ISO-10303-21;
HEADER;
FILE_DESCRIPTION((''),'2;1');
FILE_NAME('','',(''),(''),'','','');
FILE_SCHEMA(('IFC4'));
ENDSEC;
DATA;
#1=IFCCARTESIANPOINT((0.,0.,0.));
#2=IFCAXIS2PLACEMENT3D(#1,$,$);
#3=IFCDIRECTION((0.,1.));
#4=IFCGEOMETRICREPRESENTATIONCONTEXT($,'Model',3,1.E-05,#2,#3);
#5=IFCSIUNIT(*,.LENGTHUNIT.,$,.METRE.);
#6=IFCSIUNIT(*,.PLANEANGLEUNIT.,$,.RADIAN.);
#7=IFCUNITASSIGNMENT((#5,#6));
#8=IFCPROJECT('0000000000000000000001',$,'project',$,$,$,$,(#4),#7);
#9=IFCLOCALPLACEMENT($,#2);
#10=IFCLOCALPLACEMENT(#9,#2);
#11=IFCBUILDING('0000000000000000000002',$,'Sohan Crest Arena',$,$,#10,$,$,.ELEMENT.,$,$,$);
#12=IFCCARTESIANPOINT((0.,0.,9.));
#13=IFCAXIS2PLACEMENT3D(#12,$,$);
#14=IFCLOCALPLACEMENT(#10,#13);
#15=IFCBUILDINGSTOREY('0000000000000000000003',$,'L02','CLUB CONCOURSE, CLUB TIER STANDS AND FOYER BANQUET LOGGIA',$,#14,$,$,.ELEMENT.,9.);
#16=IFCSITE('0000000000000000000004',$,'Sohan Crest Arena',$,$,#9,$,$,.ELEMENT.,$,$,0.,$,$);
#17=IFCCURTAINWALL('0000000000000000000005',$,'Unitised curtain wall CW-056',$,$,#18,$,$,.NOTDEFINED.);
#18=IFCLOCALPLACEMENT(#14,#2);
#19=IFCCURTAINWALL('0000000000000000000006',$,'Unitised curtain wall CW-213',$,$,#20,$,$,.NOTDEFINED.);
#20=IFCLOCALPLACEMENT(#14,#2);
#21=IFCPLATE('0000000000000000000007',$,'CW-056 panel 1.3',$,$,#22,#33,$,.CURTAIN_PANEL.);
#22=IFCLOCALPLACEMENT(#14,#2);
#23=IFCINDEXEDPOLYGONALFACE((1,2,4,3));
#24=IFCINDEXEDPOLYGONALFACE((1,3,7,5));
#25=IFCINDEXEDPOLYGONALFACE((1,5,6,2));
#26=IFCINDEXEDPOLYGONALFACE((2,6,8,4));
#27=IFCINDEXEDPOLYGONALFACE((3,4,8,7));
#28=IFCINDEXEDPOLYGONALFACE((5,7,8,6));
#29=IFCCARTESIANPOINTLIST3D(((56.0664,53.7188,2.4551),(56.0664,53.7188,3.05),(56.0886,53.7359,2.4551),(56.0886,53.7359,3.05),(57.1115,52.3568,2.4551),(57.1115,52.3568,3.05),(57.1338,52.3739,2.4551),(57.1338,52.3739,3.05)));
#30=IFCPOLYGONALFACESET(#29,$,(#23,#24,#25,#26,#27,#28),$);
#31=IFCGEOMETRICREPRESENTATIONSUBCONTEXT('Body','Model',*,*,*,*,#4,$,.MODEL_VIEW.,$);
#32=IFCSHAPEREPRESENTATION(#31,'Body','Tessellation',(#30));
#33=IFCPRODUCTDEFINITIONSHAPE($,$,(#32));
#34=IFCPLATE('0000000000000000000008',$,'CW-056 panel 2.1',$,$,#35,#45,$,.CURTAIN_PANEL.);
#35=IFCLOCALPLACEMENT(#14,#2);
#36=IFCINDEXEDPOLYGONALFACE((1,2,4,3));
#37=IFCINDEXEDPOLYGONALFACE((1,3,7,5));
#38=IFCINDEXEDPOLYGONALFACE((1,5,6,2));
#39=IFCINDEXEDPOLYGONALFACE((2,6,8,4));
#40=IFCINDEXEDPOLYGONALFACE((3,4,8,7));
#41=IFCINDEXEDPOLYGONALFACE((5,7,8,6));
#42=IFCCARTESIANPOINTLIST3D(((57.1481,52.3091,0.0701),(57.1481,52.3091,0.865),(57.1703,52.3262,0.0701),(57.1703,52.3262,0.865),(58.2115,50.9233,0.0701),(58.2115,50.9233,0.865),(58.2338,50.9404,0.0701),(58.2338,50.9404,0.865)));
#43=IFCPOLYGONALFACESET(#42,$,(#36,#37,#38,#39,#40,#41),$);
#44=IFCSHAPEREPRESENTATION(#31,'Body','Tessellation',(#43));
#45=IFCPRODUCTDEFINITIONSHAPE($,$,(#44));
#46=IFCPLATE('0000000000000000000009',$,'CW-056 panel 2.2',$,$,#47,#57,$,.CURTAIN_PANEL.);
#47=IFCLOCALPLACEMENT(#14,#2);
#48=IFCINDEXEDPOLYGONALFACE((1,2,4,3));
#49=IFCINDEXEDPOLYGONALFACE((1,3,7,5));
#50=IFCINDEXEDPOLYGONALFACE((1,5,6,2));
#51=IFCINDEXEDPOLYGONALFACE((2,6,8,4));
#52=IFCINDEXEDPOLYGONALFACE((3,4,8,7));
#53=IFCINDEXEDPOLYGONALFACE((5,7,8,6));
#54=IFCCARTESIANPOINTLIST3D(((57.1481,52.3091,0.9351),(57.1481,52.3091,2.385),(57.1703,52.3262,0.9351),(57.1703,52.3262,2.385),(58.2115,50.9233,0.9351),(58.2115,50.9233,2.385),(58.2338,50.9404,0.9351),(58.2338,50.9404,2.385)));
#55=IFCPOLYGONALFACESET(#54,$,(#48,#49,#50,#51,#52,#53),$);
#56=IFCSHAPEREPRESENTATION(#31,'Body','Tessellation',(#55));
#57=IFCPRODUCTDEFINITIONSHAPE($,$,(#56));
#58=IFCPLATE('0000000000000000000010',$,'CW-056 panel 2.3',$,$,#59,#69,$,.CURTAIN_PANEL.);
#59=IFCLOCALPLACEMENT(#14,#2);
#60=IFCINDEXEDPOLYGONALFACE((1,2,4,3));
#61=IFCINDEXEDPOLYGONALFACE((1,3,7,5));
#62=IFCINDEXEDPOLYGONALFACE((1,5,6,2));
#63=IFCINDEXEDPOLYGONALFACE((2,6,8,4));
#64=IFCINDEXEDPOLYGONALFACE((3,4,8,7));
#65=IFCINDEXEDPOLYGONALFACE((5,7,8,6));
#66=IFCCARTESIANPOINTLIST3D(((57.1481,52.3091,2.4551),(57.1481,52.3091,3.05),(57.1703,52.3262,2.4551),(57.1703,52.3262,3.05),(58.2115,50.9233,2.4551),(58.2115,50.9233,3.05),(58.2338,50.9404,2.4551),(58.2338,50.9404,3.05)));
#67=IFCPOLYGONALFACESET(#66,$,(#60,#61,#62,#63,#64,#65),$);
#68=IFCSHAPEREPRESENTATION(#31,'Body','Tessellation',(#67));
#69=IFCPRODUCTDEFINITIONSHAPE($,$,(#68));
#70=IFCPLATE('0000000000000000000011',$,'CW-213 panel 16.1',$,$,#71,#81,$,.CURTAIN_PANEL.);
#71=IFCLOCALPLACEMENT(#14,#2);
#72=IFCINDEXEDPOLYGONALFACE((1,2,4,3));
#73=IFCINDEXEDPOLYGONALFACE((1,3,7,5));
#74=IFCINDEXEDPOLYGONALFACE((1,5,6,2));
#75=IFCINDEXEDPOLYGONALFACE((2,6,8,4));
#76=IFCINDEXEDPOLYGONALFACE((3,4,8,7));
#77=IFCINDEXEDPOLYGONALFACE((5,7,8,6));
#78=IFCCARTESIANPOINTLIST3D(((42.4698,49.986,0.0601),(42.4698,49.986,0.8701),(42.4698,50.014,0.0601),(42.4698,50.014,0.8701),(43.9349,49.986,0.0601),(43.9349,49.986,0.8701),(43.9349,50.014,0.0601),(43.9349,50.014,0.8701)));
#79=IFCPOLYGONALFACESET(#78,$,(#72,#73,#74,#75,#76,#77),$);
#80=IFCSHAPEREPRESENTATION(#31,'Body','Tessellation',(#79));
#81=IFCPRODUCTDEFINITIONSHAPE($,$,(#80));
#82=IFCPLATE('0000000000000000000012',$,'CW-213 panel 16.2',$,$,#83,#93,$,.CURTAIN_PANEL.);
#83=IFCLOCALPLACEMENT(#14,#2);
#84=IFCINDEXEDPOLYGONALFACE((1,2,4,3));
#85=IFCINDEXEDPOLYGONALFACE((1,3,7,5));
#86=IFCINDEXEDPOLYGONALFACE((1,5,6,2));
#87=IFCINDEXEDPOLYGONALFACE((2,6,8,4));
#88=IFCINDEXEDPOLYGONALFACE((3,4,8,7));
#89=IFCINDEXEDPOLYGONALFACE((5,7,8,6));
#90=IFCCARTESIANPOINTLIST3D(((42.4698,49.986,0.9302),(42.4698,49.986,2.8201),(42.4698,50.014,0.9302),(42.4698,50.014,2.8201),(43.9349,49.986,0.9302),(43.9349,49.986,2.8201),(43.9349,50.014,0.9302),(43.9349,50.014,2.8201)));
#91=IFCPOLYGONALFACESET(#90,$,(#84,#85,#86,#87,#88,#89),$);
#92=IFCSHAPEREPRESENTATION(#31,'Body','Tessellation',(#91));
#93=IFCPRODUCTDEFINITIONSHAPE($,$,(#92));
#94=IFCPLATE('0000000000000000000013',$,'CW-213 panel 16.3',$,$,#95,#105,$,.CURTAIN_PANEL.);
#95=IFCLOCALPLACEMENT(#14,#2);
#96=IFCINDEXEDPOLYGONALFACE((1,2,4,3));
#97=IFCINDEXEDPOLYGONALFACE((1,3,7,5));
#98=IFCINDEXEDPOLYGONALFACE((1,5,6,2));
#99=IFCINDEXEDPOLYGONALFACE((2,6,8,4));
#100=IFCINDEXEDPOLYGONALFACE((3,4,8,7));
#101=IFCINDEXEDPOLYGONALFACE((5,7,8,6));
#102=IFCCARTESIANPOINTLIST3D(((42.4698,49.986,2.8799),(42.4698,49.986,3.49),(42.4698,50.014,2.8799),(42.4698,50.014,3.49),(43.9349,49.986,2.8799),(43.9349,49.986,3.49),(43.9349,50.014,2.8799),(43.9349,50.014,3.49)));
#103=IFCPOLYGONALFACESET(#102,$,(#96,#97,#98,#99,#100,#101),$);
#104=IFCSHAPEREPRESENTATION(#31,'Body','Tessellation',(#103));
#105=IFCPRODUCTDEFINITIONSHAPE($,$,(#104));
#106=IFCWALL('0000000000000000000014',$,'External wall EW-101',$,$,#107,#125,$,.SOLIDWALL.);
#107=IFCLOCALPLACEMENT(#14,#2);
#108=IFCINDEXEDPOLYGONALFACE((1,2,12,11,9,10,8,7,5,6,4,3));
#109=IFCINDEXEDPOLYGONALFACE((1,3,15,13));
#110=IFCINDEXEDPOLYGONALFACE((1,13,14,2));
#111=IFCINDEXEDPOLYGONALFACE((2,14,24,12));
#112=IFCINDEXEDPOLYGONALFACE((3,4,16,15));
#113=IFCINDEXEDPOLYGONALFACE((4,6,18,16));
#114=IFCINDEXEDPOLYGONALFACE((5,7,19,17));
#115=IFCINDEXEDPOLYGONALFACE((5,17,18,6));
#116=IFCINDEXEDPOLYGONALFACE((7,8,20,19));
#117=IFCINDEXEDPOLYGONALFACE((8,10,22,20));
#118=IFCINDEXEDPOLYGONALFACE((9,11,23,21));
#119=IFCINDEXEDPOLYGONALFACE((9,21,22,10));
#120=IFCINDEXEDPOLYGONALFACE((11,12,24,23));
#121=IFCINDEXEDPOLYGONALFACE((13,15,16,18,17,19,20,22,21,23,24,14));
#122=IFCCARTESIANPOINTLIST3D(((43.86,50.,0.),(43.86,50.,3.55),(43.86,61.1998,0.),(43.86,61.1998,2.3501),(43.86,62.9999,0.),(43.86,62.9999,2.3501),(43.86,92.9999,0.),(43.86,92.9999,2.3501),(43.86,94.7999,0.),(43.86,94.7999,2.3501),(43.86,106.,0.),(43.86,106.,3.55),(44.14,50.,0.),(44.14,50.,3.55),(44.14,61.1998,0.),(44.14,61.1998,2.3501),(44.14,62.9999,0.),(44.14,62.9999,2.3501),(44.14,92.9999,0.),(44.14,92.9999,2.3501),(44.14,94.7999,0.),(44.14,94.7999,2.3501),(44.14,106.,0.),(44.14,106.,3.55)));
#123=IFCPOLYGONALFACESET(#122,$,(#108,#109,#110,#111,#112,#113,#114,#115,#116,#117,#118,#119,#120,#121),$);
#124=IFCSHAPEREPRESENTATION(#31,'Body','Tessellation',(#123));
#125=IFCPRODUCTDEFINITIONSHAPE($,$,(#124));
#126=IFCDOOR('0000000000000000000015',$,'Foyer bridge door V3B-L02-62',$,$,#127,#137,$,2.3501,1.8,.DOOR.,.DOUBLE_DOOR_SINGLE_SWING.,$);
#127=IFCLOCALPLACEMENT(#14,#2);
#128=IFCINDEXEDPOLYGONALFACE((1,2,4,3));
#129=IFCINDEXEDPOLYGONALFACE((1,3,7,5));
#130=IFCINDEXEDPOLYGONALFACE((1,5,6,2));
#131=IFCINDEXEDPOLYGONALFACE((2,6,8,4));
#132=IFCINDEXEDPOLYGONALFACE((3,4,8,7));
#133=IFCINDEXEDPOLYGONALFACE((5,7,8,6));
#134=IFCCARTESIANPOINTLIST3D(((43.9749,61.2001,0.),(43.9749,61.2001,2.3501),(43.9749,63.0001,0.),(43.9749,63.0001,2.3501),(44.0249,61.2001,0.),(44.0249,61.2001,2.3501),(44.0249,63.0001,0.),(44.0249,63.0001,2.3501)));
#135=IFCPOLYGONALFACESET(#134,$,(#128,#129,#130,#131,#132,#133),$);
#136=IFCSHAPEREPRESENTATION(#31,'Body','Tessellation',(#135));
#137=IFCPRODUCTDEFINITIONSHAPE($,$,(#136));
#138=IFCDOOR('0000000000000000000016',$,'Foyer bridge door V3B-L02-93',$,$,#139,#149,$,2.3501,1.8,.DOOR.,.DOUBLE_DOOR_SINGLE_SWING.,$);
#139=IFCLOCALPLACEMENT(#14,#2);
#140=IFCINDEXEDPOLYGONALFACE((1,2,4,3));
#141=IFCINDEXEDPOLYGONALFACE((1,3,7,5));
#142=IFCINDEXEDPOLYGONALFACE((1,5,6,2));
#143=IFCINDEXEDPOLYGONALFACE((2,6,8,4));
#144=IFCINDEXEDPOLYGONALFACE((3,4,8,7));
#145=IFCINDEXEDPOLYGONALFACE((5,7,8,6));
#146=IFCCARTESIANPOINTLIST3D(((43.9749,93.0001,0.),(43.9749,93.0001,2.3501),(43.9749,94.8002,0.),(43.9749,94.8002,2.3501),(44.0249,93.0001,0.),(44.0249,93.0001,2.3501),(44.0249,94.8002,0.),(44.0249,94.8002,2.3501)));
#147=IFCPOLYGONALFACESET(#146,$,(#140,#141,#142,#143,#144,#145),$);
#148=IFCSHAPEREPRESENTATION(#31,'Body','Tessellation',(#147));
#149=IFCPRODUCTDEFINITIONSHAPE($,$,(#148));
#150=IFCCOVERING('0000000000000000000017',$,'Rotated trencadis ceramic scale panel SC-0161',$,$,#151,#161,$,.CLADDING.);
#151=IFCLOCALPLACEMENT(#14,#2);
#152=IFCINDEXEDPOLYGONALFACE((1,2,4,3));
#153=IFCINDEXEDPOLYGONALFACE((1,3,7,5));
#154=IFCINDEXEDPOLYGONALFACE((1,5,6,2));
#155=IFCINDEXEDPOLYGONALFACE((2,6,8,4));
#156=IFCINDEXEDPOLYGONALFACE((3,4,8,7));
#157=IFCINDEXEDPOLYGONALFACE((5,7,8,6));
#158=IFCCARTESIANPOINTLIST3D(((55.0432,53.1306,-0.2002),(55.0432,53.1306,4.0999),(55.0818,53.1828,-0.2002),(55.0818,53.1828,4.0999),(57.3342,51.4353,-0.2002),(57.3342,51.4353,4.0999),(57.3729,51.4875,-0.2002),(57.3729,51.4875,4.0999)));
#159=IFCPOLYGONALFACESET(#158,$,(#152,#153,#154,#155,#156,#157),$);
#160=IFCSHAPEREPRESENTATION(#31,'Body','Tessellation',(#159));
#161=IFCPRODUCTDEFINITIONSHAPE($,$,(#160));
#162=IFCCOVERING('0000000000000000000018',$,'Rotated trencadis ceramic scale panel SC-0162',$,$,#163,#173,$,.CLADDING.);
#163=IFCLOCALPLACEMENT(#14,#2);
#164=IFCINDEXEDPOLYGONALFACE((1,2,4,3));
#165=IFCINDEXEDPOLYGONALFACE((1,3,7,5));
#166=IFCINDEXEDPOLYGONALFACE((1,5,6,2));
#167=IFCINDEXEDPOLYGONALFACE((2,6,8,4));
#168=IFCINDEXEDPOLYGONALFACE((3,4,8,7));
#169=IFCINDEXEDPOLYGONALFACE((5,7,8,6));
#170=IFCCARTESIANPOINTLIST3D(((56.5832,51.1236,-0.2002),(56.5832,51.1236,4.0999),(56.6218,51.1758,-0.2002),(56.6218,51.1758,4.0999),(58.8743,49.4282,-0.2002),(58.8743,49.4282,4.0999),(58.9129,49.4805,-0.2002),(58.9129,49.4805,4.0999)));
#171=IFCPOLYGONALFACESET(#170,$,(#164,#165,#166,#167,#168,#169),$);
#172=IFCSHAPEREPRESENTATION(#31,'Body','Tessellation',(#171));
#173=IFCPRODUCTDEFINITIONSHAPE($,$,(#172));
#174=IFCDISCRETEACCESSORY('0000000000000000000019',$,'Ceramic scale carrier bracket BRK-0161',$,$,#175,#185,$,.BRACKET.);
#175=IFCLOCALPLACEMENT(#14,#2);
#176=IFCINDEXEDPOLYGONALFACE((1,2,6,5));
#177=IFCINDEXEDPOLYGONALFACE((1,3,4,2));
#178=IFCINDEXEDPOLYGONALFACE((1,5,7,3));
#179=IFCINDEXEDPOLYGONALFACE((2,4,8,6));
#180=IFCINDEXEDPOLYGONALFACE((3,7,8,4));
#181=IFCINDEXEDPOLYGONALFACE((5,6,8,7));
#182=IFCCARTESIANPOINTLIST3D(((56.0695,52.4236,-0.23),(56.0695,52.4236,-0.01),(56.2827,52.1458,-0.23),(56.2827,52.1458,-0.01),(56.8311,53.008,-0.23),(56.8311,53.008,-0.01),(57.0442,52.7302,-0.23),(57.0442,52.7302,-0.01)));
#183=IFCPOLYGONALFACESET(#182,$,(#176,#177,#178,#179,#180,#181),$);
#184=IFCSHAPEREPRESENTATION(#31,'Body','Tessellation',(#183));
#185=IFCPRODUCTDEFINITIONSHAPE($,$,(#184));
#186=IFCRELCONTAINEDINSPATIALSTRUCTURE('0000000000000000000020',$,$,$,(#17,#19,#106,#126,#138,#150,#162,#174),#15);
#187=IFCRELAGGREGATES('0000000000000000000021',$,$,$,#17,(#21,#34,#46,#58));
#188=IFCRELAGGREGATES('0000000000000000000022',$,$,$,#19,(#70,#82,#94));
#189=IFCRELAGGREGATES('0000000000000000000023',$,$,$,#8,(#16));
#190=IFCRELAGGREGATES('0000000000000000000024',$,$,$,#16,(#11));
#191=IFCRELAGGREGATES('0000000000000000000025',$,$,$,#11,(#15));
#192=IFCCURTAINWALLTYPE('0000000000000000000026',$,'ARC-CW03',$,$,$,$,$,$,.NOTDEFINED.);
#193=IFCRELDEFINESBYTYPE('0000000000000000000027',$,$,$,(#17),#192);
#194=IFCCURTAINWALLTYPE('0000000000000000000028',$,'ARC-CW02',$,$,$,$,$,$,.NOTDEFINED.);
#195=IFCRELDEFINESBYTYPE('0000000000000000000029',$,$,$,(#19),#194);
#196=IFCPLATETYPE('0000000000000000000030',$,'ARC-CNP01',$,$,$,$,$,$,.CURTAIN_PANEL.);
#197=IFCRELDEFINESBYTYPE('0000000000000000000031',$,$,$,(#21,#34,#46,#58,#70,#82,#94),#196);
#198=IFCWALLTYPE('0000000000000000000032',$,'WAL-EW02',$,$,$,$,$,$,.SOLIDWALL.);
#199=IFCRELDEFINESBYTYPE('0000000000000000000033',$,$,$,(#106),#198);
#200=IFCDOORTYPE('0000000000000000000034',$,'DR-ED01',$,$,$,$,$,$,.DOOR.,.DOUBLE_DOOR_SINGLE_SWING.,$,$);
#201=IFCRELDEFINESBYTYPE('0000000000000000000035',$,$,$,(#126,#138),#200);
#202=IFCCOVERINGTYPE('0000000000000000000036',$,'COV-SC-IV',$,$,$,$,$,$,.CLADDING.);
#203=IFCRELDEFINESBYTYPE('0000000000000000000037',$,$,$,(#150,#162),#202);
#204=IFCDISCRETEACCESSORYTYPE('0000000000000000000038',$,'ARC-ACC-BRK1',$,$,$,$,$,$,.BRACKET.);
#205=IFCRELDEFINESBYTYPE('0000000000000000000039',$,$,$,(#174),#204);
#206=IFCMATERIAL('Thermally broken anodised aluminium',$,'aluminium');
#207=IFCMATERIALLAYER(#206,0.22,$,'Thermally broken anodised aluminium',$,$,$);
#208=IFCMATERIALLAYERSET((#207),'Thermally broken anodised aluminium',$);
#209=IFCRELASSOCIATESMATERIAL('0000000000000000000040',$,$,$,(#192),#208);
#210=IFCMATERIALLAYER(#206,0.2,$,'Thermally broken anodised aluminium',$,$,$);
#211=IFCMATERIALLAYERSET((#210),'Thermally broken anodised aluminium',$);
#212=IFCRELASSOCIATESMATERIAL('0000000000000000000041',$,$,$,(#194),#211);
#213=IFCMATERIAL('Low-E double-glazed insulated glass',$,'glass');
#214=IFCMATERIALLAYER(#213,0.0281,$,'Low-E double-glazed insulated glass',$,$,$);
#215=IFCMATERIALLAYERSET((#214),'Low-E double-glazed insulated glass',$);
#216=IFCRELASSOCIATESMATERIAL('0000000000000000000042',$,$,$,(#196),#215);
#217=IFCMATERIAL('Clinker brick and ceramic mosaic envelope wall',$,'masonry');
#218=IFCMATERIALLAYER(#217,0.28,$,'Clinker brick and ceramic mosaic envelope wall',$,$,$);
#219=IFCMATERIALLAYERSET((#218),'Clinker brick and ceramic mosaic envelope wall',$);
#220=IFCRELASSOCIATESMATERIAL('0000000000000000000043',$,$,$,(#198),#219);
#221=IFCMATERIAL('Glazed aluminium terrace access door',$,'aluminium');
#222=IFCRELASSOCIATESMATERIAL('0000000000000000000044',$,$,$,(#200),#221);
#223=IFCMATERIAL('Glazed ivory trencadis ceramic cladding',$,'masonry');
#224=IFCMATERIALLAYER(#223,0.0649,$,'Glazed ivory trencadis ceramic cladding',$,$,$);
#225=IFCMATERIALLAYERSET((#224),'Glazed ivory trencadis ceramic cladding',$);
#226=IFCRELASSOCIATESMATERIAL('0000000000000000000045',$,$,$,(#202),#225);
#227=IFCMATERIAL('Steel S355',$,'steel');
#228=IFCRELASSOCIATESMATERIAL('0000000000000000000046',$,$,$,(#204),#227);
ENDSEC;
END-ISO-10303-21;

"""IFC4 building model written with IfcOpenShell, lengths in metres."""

from ifc_helpers import new_model, si_unit, direction, frame, frame_2d, origin, origin_2d, place, context, subcontext, project, spatial, rectangle, extrude, material, layer, layer_set, type_object, element, fill, aggregate, save


model = new_model("IFC4")

# Units and contexts
model_context = context("Model", 3, precision=1e-05, world=origin(), true_north=direction((0.0, 1.0)))
body_context = subcontext(model_context, "Body", "Model", "MODEL_VIEW")
ifc_project = project(units=[si_unit("LENGTHUNIT", "METRE"), si_unit("PLANEANGLEUNIT", "RADIAN")], contexts=[model_context])

# Site, building, storey
site_placement = place(None, origin())
site = spatial("IfcSite", under=ifc_project, at=site_placement, Name="Sohan Crest Arena", CompositionType="ELEMENT", RefElevation=0.0)
building_placement = place(site_placement, origin())
building = spatial("IfcBuilding", under=site, at=building_placement, Name="Sohan Crest Arena", CompositionType="ELEMENT")
storey_placement = place(building_placement, frame((0.0, 0.0, 9.0)))
storey = spatial("IfcBuildingStorey", under=building, at=storey_placement, Name="L02", Description="CLUB CONCOURSE, CLUB TIER STANDS AND FOYER BANQUET LOGGIA", CompositionType="ELEMENT", Elevation=9.0)

# Shared definitions
ifc_material_1 = material(Name="Steel S355", Category="steel")

# Curtain wall
ifc_material_2 = material(Name="Thermally broken anodised aluminium", Category="aluminium")
ifc_layer_1 = layer(ifc_material_2, 0.22, Name="Thermally broken anodised aluminium")
ifc_layer_set_1 = layer_set([ifc_layer_1], Name="Thermally broken anodised aluminium")
curtain_wall_type_1 = type_object("IfcCurtainWallType", Name="ARC-CW03", PredefinedType="NOTDEFINED", material=ifc_layer_set_1)
curtain_wall_1_placement = place(storey_placement, origin())
curtain_wall_1 = element("IfcCurtainWall", 1, at=curtain_wall_1_placement, inside=storey, type_object=curtain_wall_type_1, Name="Unitised curtain wall CW-056", PredefinedType="NOTDEFINED")

# Curtain wall
ifc_layer_2 = layer(ifc_material_2, 0.2, Name="Thermally broken anodised aluminium")
ifc_layer_set_2 = layer_set([ifc_layer_2], Name="Thermally broken anodised aluminium")
curtain_wall_type_2 = type_object("IfcCurtainWallType", Name="ARC-CW02", PredefinedType="NOTDEFINED", material=ifc_layer_set_2)
curtain_wall_2_placement = place(storey_placement, origin())
curtain_wall_2 = element("IfcCurtainWall", 2, at=curtain_wall_2_placement, inside=storey, type_object=curtain_wall_type_2, Name="Unitised curtain wall CW-213", PredefinedType="NOTDEFINED")

# Plates
ifc_material_3 = material(Name="Low-E double-glazed insulated glass", Category="glass")
ifc_layer_3 = layer(ifc_material_3, 0.0281, Name="Low-E double-glazed insulated glass")
ifc_layer_set_3 = layer_set([ifc_layer_3], Name="Low-E double-glazed insulated glass")
plate_type = type_object("IfcPlateType", Name="ARC-CNP01", PredefinedType="CURTAIN_PANEL", material=ifc_layer_set_3)
plate_1_placement = place(storey_placement, frame((56.6001, 53.0464, 2.4551), z_axis=(0.0, 0.0, 1.0), x_axis=(0.608793, -0.793329, 0.0)))
plate_1 = element("IfcPlate", 3, at=plate_1_placement, type_object=plate_type, Name="CW-056 panel 1.3", PredefinedType="CURTAIN_PANEL", context=body_context, shape_type="SweptSolid", body=[
    extrude(rectangle(XDim=1.7168, YDim=0.0281, at=origin_2d()), origin(), (0.0, 0.0, 1.0), 0.595),
])
plate_2_placement = place(storey_placement, frame((57.6909, 51.6248, 0.0701), z_axis=(0.0, 0.0, 1.0), x_axis=(0.608793, -0.793329, 0.0)))
plate_2 = element("IfcPlate", 4, at=plate_2_placement, type_object=plate_type, Name="CW-056 panel 2.1", PredefinedType="CURTAIN_PANEL", context=body_context, shape_type="SweptSolid", body=[
    extrude(rectangle(XDim=1.7468, YDim=0.0281, at=origin_2d()), origin(), (0.0, 0.0, 1.0), 0.7949),
])
plate_3_placement = place(storey_placement, frame((57.6909, 51.6248, 0.9351), z_axis=(0.0, 0.0, 1.0), x_axis=(0.608793, -0.793329, 0.0)))
plate_3 = element("IfcPlate", 5, at=plate_3_placement, type_object=plate_type, Name="CW-056 panel 2.2", PredefinedType="CURTAIN_PANEL", context=body_context, shape_type="SweptSolid", body=[
    extrude(rectangle(XDim=1.7468, YDim=0.0281, at=origin_2d()), origin(), (0.0, 0.0, 1.0), 1.45),
])
plate_4_placement = place(storey_placement, frame((57.6909, 51.6248, 2.4551), z_axis=(0.0, 0.0, 1.0), x_axis=(0.608793, -0.793329, 0.0)))
plate_4 = element("IfcPlate", 6, at=plate_4_placement, type_object=plate_type, Name="CW-056 panel 2.3", PredefinedType="CURTAIN_PANEL", context=body_context, shape_type="SweptSolid", body=[
    extrude(rectangle(XDim=1.7468, YDim=0.0281, at=origin_2d()), origin(), (0.0, 0.0, 1.0), 0.595),
])
aggregate(curtain_wall_1, [plate_1, plate_2, plate_3, plate_4])
plate_5_placement = place(storey_placement, frame((43.2024, 50.0, 0.0601), z_axis=(0.0, 0.0, 1.0), x_axis=(1.0, 0.0, 0.0)))
plate_5 = element("IfcPlate", 7, at=plate_5_placement, type_object=plate_type, Name="CW-213 panel 16.1", PredefinedType="CURTAIN_PANEL", context=body_context, shape_type="SweptSolid", body=[
    extrude(rectangle(XDim=1.4651, YDim=0.0281, at=origin_2d()), origin(), (0.0, 0.0, 1.0), 0.8101),
])
plate_6_placement = place(storey_placement, frame((43.2024, 50.0, 0.9302), z_axis=(0.0, 0.0, 1.0), x_axis=(1.0, 0.0, 0.0)))
plate_6 = element("IfcPlate", 8, at=plate_6_placement, type_object=plate_type, Name="CW-213 panel 16.2", PredefinedType="CURTAIN_PANEL", context=body_context, shape_type="SweptSolid", body=[
    extrude(rectangle(XDim=1.4651, YDim=0.0281, at=origin_2d()), origin(), (0.0, 0.0, 1.0), 1.8899),
])
plate_7_placement = place(storey_placement, frame((43.2024, 50.0, 2.8799), z_axis=(0.0, 0.0, 1.0), x_axis=(1.0, 0.0, 0.0)))
plate_7 = element("IfcPlate", 9, at=plate_7_placement, type_object=plate_type, Name="CW-213 panel 16.3", PredefinedType="CURTAIN_PANEL", context=body_context, shape_type="SweptSolid", body=[
    extrude(rectangle(XDim=1.4651, YDim=0.0281, at=origin_2d()), origin(), (0.0, 0.0, 1.0), 0.6101),
])
aggregate(curtain_wall_2, [plate_5, plate_6, plate_7])

# Wall, openings, doors
ifc_material_4 = material(Name="Clinker brick and ceramic mosaic envelope wall", Category="masonry")
ifc_layer_4 = layer(ifc_material_4, 0.28, Name="Clinker brick and ceramic mosaic envelope wall")
ifc_layer_set_4 = layer_set([ifc_layer_4], Name="Clinker brick and ceramic mosaic envelope wall")
wall_type = type_object("IfcWallType", Name="WAL-EW02", PredefinedType="SOLIDWALL", material=ifc_layer_set_4)
wall_placement = place(storey_placement, frame((44.0, 50.0, 0.0), z_axis=(0.0, 0.0, 1.0), x_axis=(0.0, 1.0, 0.0)))
wall = element("IfcWall", 10, at=wall_placement, inside=storey, type_object=wall_type, Name="External wall EW-101", PredefinedType="SOLIDWALL", context=body_context, shape_type="SweptSolid", body=[
    extrude(rectangle(XDim=56.0, YDim=0.28, at=frame_2d((28.0, 0.0))), origin(), (0.0, 0.0, 1.0), 3.55),
])
opening_1_placement = place(wall_placement, frame((11.2, 0.0, 0.0)))
opening_1 = element("IfcOpeningElement", 11, at=opening_1_placement, cuts=wall, PredefinedType="OPENING", context=body_context, shape_type="SweptSolid", body=[
    extrude(rectangle(XDim=1.8, YDim=2.3501, at=frame_2d((0.8999, 1.175))), frame((0.0, 0.1499, 0.0), z_axis=(0.0, -1.0, 0.0), x_axis=(1.0, 0.0, 0.0)), (0.0, 0.0, 1.0), 0.3),
])
opening_2_placement = place(wall_placement, frame((43.0, 0.0, 0.0)))
opening_2 = element("IfcOpeningElement", 12, at=opening_2_placement, cuts=wall, PredefinedType="OPENING", context=body_context, shape_type="SweptSolid", body=[
    extrude(rectangle(XDim=1.8, YDim=2.3501, at=frame_2d((0.8999, 1.175))), frame((0.0, 0.1499, 0.0), z_axis=(0.0, -1.0, 0.0), x_axis=(1.0, 0.0, 0.0)), (0.0, 0.0, 1.0), 0.3),
])
ifc_material_5 = material(Name="Glazed aluminium terrace access door", Category="aluminium")
door_type = type_object("IfcDoorType", Name="DR-ED01", OperationType="DOUBLE_DOOR_SINGLE_SWING", PredefinedType="DOOR", material=ifc_material_5)
door_1_placement = place(opening_1_placement, frame((1.8, 0.0, 0.0), z_axis=(0.0, 0.0, 1.0), x_axis=(-1.0, 0.0, 0.0)))
door_1 = element("IfcDoor", 13, at=door_1_placement, inside=storey, type_object=door_type, Name="Foyer bridge door V3B-L02-62", OperationType="DOUBLE_DOOR_SINGLE_SWING", OverallHeight=2.3501, OverallWidth=1.8, PredefinedType="DOOR", context=body_context, shape_type="SweptSolid", body=[
    extrude(rectangle(XDim=1.8, YDim=2.3501, at=frame_2d((0.8999, 1.175))), frame((0.0, 0.0249, 0.0), z_axis=(0.0, -1.0, 0.0), x_axis=(1.0, 0.0, 0.0)), (0.0, 0.0, 1.0), 0.05),
])
fill(opening_1, door_1)
door_2_placement = place(opening_2_placement, frame((1.8, 0.0, 0.0), z_axis=(0.0, 0.0, 1.0), x_axis=(-1.0, 0.0, 0.0)))
door_2 = element("IfcDoor", 14, at=door_2_placement, inside=storey, type_object=door_type, Name="Foyer bridge door V3B-L02-93", OperationType="DOUBLE_DOOR_SINGLE_SWING", OverallHeight=2.3501, OverallWidth=1.8, PredefinedType="DOOR", context=body_context, shape_type="SweptSolid", body=[
    extrude(rectangle(XDim=1.8, YDim=2.3501, at=frame_2d((0.8999, 1.175))), frame((0.0, 0.0249, 0.0), z_axis=(0.0, -1.0, 0.0), x_axis=(1.0, 0.0, 0.0)), (0.0, 0.0, 1.0), 0.05),
])
fill(opening_2, door_2)

# Coverings
ifc_material_6 = material(Name="Glazed ivory trencadis ceramic cladding", Category="masonry")
ifc_layer_5 = layer(ifc_material_6, 0.0649, Name="Glazed ivory trencadis ceramic cladding")
ifc_layer_set_5 = layer_set([ifc_layer_5], Name="Glazed ivory trencadis ceramic cladding")
covering_type = type_object("IfcCoveringType", Name="COV-SC-IV", PredefinedType="CLADDING", material=ifc_layer_set_5)
for number, where, z_axis, x_axis, name in (
    (15, (56.208, 52.3091, -0.2002), (0.0, 0.0, 1.0), (0.803857, -0.594823, 0.0), "Rotated trencadis ceramic scale panel SC-0161"),
    (16, (57.748, 50.302, -0.2002), (0.0, 0.0, 1.0), (0.803857, -0.594823, 0.0), "Rotated trencadis ceramic scale panel SC-0162"),
):
    element("IfcCovering", number, at=place(storey_placement, frame(where, z_axis=z_axis, x_axis=x_axis)), inside=storey, type_object=covering_type, Name=name, PredefinedType="CLADDING", context=body_context, shape_type="SweptSolid", body=[
        extrude(rectangle(XDim=2.8501, YDim=0.0649, at=origin_2d()), origin(), (0.0, 0.0, 1.0), 4.3),
    ])

# Discrete accessory
discrete_accessory_type = type_object("IfcDiscreteAccessoryType", Name="ARC-ACC-BRK1", PredefinedType="BRACKET", material=ifc_material_1)
discrete_accessory_placement = place(storey_placement, frame((56.5569, 52.5769, -0.23), z_axis=(0.0, 0.0, 1.0), x_axis=(0.608761, -0.793353, 0.0)))
element("IfcDiscreteAccessory", 17, at=discrete_accessory_placement, inside=storey, type_object=discrete_accessory_type, Name="Ceramic scale carrier bracket BRK-0161", PredefinedType="BRACKET", context=body_context, shape_type="SweptSolid", body=[
    extrude(rectangle(XDim=0.3501, YDim=0.96, at=origin_2d()), origin(), (0.0, 0.0, 1.0), 0.22),
])

save(model, "model.ifc")
